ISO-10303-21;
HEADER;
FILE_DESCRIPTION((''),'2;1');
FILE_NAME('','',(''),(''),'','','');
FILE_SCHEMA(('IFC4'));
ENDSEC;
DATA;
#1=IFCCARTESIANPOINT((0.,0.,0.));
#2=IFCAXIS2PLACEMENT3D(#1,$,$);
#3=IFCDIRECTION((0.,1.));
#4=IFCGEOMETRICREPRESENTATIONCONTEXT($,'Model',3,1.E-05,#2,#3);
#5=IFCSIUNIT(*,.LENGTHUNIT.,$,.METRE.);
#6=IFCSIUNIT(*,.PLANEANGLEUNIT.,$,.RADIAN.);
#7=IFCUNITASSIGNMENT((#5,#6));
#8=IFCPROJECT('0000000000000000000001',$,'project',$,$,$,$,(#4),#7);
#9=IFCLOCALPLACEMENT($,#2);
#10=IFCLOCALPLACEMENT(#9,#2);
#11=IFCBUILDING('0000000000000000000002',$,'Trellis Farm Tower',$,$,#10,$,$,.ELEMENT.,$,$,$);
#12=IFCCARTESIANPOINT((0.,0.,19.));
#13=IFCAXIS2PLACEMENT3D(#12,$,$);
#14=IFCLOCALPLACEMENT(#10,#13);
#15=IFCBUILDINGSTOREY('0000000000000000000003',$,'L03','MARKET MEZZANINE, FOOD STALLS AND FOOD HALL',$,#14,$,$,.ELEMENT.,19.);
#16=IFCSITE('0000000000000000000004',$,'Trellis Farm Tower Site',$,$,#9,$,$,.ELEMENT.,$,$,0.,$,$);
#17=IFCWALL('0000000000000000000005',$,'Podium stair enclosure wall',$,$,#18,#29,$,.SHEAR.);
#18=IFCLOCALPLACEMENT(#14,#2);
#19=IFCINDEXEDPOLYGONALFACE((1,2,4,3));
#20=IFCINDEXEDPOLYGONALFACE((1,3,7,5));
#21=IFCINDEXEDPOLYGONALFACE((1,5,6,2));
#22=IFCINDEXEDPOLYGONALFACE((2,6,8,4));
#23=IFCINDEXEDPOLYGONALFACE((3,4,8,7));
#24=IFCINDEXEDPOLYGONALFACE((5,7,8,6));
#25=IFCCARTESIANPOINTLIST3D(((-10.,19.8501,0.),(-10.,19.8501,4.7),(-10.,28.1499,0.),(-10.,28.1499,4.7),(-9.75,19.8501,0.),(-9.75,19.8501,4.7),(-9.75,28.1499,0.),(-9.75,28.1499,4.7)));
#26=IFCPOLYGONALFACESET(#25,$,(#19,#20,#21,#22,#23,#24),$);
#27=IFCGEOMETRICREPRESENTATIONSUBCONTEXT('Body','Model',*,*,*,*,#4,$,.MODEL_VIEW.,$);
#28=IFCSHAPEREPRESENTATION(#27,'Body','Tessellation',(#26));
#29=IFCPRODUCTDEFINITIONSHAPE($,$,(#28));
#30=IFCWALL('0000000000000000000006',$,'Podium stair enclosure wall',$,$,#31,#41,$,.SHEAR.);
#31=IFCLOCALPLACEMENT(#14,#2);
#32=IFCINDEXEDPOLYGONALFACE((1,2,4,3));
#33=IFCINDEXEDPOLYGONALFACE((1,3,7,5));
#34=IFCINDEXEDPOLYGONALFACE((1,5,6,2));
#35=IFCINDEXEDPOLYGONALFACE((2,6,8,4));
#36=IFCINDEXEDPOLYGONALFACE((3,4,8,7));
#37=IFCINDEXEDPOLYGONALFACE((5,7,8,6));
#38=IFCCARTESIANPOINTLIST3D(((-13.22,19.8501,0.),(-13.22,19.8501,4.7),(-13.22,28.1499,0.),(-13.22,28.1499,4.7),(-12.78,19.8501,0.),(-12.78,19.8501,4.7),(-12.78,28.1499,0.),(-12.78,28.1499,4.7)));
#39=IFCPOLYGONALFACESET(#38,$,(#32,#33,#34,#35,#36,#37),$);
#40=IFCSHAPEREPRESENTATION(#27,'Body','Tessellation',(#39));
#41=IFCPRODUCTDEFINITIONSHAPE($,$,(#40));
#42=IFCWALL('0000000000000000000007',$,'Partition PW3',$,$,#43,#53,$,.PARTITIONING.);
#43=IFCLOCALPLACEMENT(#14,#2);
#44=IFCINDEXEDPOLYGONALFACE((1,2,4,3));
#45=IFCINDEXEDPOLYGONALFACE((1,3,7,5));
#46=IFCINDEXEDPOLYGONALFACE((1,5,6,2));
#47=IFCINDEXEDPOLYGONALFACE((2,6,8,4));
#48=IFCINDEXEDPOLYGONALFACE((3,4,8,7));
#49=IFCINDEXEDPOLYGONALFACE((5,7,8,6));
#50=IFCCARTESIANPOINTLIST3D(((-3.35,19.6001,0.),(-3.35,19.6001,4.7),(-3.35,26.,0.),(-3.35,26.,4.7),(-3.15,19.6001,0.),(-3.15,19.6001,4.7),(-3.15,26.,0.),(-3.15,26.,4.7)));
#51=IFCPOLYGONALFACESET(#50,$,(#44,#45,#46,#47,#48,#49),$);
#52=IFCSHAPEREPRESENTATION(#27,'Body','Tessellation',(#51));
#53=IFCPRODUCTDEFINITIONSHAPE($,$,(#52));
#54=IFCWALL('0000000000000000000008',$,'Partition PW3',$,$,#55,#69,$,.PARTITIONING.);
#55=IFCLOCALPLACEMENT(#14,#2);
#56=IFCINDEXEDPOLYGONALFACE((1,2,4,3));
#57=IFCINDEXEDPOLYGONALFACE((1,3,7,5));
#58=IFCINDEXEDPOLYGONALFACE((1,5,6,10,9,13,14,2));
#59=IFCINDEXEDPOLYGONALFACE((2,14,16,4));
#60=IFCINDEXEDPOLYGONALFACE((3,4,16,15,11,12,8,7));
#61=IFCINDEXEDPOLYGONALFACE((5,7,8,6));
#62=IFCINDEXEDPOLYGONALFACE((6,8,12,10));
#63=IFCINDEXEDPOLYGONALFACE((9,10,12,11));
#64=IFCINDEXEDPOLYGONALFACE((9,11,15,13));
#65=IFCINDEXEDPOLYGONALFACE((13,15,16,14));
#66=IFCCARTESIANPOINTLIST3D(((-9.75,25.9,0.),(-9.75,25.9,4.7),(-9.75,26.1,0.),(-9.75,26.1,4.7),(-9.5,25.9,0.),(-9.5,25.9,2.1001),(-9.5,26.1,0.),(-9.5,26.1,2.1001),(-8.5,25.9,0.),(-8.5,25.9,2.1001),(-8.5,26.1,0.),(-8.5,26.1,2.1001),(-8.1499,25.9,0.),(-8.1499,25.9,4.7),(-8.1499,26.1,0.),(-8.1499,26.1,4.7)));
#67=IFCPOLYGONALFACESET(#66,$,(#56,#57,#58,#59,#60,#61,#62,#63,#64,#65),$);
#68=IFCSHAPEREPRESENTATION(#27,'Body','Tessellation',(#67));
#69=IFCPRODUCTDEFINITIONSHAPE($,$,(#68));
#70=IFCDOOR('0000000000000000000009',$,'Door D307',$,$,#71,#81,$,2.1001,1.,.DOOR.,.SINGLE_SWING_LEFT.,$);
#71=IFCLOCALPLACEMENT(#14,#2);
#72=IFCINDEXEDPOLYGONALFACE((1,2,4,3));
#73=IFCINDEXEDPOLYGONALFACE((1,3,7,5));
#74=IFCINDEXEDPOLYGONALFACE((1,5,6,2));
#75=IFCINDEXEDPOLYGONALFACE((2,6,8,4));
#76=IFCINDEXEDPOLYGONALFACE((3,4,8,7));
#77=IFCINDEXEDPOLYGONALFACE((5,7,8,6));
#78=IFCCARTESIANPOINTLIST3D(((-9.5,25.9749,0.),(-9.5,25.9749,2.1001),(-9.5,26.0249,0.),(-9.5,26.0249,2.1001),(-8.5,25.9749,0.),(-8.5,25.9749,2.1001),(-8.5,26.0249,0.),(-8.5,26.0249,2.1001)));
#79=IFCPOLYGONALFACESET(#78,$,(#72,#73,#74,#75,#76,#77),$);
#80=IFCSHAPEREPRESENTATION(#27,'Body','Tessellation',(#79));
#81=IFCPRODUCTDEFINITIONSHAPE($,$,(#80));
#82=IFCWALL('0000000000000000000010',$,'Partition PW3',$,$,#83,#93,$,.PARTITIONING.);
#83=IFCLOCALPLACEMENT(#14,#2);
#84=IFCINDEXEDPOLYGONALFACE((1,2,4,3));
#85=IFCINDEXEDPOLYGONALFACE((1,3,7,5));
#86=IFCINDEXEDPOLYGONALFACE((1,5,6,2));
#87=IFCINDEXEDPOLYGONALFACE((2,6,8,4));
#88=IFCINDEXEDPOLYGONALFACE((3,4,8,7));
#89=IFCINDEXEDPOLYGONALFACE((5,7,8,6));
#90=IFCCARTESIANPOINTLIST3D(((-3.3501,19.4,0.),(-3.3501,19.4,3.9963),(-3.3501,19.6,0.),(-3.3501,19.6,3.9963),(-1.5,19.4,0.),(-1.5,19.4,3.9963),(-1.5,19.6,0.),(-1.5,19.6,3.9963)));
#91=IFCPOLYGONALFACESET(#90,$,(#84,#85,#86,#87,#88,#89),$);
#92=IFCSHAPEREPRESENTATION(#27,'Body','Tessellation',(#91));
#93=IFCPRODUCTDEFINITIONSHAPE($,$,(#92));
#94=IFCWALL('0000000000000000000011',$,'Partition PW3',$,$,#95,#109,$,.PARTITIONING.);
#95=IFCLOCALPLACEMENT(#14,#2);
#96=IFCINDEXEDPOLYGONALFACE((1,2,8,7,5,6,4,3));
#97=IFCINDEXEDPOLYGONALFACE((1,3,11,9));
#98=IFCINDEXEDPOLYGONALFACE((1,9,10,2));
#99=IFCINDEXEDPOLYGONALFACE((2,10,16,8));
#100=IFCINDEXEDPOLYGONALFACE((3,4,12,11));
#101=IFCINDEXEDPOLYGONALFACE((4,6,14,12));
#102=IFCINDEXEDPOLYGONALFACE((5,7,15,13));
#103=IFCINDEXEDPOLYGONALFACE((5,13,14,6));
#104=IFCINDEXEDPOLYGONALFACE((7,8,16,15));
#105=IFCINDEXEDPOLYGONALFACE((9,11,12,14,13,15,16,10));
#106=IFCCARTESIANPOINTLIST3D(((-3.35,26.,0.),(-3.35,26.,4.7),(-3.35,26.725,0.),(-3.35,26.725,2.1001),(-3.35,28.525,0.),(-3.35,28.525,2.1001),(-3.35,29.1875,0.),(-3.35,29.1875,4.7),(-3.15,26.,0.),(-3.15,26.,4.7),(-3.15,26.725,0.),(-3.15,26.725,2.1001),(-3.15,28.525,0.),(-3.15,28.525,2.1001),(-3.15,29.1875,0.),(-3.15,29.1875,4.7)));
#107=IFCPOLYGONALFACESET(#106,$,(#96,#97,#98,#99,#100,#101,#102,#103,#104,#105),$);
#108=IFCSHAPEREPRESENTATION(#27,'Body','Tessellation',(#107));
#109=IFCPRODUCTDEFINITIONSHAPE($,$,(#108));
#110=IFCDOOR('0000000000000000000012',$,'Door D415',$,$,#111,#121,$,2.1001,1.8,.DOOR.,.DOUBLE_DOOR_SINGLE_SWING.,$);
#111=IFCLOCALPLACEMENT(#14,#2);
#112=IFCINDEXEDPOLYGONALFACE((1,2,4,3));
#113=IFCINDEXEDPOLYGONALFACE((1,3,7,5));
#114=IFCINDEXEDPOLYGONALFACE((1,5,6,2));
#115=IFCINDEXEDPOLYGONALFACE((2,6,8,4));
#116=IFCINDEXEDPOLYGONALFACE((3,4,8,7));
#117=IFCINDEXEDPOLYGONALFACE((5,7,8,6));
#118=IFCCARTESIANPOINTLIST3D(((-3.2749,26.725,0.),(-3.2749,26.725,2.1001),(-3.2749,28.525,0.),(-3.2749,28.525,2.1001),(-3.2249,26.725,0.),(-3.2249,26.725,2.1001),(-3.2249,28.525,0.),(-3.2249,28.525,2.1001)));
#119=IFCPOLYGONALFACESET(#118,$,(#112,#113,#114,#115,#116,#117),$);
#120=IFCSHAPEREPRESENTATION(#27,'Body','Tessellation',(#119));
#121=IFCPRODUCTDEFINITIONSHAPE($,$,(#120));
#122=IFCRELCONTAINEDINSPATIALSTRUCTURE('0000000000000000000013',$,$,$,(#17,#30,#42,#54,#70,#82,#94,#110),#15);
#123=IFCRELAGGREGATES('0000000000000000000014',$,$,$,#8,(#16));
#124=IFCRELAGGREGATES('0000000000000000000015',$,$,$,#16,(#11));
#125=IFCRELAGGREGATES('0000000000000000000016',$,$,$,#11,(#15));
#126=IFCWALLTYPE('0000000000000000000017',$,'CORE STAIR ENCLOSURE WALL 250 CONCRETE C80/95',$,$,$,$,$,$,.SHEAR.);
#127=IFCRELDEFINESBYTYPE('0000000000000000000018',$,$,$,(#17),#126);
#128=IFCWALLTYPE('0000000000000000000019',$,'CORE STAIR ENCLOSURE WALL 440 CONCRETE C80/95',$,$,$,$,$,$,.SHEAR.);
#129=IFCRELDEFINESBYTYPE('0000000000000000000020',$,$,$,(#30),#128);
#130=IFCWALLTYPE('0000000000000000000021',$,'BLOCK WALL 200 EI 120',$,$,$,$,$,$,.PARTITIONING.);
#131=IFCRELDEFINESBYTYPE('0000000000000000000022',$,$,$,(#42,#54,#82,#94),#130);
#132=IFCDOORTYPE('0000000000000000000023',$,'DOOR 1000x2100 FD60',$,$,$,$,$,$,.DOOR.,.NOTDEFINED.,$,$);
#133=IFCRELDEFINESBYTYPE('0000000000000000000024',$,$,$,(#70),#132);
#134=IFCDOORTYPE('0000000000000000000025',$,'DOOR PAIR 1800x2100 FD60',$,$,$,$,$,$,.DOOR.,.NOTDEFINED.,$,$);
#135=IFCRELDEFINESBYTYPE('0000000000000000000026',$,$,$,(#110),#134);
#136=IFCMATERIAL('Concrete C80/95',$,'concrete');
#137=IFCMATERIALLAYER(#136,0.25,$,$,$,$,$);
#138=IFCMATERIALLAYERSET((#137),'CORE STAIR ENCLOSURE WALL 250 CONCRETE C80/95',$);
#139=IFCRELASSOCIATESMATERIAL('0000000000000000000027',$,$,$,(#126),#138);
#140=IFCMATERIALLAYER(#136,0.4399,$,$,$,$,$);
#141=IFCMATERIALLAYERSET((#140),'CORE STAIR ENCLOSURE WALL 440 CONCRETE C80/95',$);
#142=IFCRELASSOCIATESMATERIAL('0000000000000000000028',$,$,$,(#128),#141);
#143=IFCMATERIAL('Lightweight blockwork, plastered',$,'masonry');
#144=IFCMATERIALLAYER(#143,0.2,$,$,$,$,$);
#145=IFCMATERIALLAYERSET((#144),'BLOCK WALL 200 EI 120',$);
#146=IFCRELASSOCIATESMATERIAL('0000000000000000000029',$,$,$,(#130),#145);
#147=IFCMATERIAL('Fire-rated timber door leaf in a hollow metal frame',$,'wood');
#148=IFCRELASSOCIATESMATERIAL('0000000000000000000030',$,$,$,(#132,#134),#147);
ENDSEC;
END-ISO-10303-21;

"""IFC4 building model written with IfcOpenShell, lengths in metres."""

from ifc_helpers import new_model, si_unit, direction, frame, frame_2d, origin, place, context, subcontext, project, spatial, rectangle, extrude, source, transform, mapped, material, layer, layer_set, type_object, element, fill, save


model = new_model("IFC4")

# Units and contexts
model_context = context("Model", 3, precision=1e-05, world=origin(), true_north=direction((0.0, 1.0)))
body_context = subcontext(model_context, "Body", "Model", "MODEL_VIEW")
ifc_project = project(units=[si_unit("LENGTHUNIT", "METRE"), si_unit("PLANEANGLEUNIT", "RADIAN")], contexts=[model_context])

# Site, building, storey
site_placement = place(None, origin())
site = spatial("IfcSite", under=ifc_project, at=site_placement, Name="Trellis Farm Tower Site", CompositionType="ELEMENT", RefElevation=0.0)
building_placement = place(site_placement, origin())
building = spatial("IfcBuilding", under=site, at=building_placement, Name="Trellis Farm Tower", CompositionType="ELEMENT")
storey_placement = place(building_placement, frame((0.0, 0.0, 19.0)))
storey = spatial("IfcBuildingStorey", under=building, at=storey_placement, Name="L03", Description="MARKET MEZZANINE, FOOD STALLS AND FOOD HALL", CompositionType="ELEMENT", Elevation=19.0)

# Walls
ifc_material_1 = material(Name="Concrete C80/95", Category="concrete")
ifc_layer_1 = layer(ifc_material_1, 0.25)
ifc_layer_set_1 = layer_set([ifc_layer_1], Name="CORE STAIR ENCLOSURE WALL 250 CONCRETE C80/95")
wall_type_1 = type_object("IfcWallType", Name="CORE STAIR ENCLOSURE WALL 250 CONCRETE C80/95", PredefinedType="SHEAR", material=ifc_layer_set_1)
shared_shape_1 = source(origin(), body_context, "Body", "SweptSolid", [
    extrude(rectangle(XDim=8.2998, YDim=0.25, at=frame_2d((4.1499, 0.0))), origin(), (0.0, 0.0, 1.0), 4.7),
])
for number, where, z_axis, x_axis, name in (
    (1, (-9.875, 19.8501, 0.0), (0.0, 0.0, 1.0), (0.0, 1.0, 0.0), "Podium stair enclosure wall"),
):
    element("IfcWall", number, at=place(storey_placement, frame(where, z_axis=z_axis, x_axis=x_axis)), inside=storey, type_object=wall_type_1, Name=name, PredefinedType="SHEAR", context=body_context, shape_type="MappedRepresentation", body=[
        mapped(shared_shape_1, transform((0.0, 0.0, 0.0))),
    ])
ifc_layer_2 = layer(ifc_material_1, 0.4399)
ifc_layer_set_2 = layer_set([ifc_layer_2], Name="CORE STAIR ENCLOSURE WALL 440 CONCRETE C80/95")
wall_type_2 = type_object("IfcWallType", Name="CORE STAIR ENCLOSURE WALL 440 CONCRETE C80/95", PredefinedType="SHEAR", material=ifc_layer_set_2)
shared_shape_2 = source(origin(), body_context, "Body", "SweptSolid", [
    extrude(rectangle(XDim=8.2998, YDim=0.4399, at=frame_2d((4.1499, 0.0))), origin(), (0.0, 0.0, 1.0), 4.7),
])
wall_1_placement = place(storey_placement, frame((-13.0, 19.8501, 0.0), z_axis=(0.0, 0.0, 1.0), x_axis=(0.0, 1.0, 0.0)))
element("IfcWall", 2, at=wall_1_placement, inside=storey, type_object=wall_type_2, Name="Podium stair enclosure wall", PredefinedType="SHEAR", context=body_context, shape_type="MappedRepresentation", body=[
    mapped(shared_shape_2, transform((0.0, 0.0, 0.0))),
])
ifc_material_2 = material(Name="Lightweight blockwork, plastered", Category="masonry")
ifc_layer_3 = layer(ifc_material_2, 0.2)
ifc_layer_set_3 = layer_set([ifc_layer_3], Name="BLOCK WALL 200 EI 120")
wall_type_3 = type_object("IfcWallType", Name="BLOCK WALL 200 EI 120", PredefinedType="PARTITIONING", material=ifc_layer_set_3)
shared_shape_3 = source(origin(), body_context, "Body", "SweptSolid", [
    extrude(rectangle(XDim=6.3999, YDim=0.2, at=frame_2d((3.2, 0.0))), origin(), (0.0, 0.0, 1.0), 4.7),
])
wall_2_placement = place(storey_placement, frame((-3.25, 26.0, 0.0), z_axis=(0.0, 0.0, 1.0), x_axis=(0.0, -1.0, 0.0)))
element("IfcWall", 3, at=wall_2_placement, inside=storey, type_object=wall_type_3, Name="Partition PW3", PredefinedType="PARTITIONING", context=body_context, shape_type="MappedRepresentation", body=[
    mapped(shared_shape_3, transform((0.0, 0.0, 0.0))),
])

# Wall, opening, door
shared_shape_4 = source(origin(), body_context, "Body", "SweptSolid", [
    extrude(rectangle(XDim=1.6001, YDim=0.2, at=frame_2d((0.8, 0.0))), origin(), (0.0, 0.0, 1.0), 4.7),
])
wall_3_placement = place(storey_placement, frame((-9.75, 26.0, 0.0), z_axis=(0.0, 0.0, 1.0), x_axis=(1.0, 0.0, 0.0)))
wall_3 = element("IfcWall", 4, at=wall_3_placement, inside=storey, type_object=wall_type_3, Name="Partition PW3", PredefinedType="PARTITIONING", context=body_context, shape_type="MappedRepresentation", body=[
    mapped(shared_shape_4, transform((0.0, 0.0, 0.0))),
])
shared_shape_5 = source(origin(), body_context, "Body", "SweptSolid", [
    extrude(rectangle(XDim=1.0, YDim=2.1001, at=frame_2d((0.5, 1.05))), frame((0.0, 0.1101, 0.0), z_axis=(0.0, -1.0, 0.0), x_axis=(1.0, 0.0, 0.0)), (0.0, 0.0, 1.0), 0.2202),
])
opening_1_placement = place(wall_3_placement, frame((0.25, 0.0, 0.0)))
opening_1 = element("IfcOpeningElement", 5, at=opening_1_placement, cuts=wall_3, PredefinedType="OPENING", context=body_context, shape_type="MappedRepresentation", body=[
    mapped(shared_shape_5, transform((0.0, 0.0, 0.0))),
])
ifc_material_3 = material(Name="Fire-rated timber door leaf in a hollow metal frame", Category="wood")
door_type_1 = type_object("IfcDoorType", Name="DOOR 1000x2100 FD60", OperationType="NOTDEFINED", PredefinedType="DOOR", material=ifc_material_3)
shared_shape_6 = source(origin(), body_context, "Body", "SweptSolid", [
    extrude(rectangle(XDim=1.0, YDim=2.1001, at=frame_2d((0.5, 1.05))), frame((0.0, 0.0249, 0.0), z_axis=(0.0, -1.0, 0.0), x_axis=(1.0, 0.0, 0.0)), (0.0, 0.0, 1.0), 0.05),
])
door_1_placement = place(opening_1_placement, origin())
door_1 = element("IfcDoor", 6, at=door_1_placement, inside=storey, type_object=door_type_1, Name="Door D307", OperationType="SINGLE_SWING_LEFT", OverallHeight=2.1001, OverallWidth=1.0, PredefinedType="DOOR", context=body_context, shape_type="MappedRepresentation", body=[
    mapped(shared_shape_6, transform((0.0, 0.0, 0.0))),
])
fill(opening_1, door_1)

# Wall
shared_shape_7 = source(origin(), body_context, "Body", "SweptSolid", [
    extrude(rectangle(XDim=1.8501, YDim=0.2, at=frame_2d((0.925, 0.0))), origin(), (0.0, 0.0, 1.0), 3.9963),
])
wall_4_placement = place(storey_placement, frame((-1.5, 19.5, 0.0), z_axis=(0.0, 0.0, 1.0), x_axis=(-1.0, 0.0, 0.0)))
element("IfcWall", 7, at=wall_4_placement, inside=storey, type_object=wall_type_3, Name="Partition PW3", PredefinedType="PARTITIONING", context=body_context, shape_type="MappedRepresentation", body=[
    mapped(shared_shape_7, transform((0.0, 0.0, 0.0))),
])

# Wall, opening, door
shared_shape_8 = source(origin(), body_context, "Body", "SweptSolid", [
    extrude(rectangle(XDim=3.1875, YDim=0.2, at=frame_2d((1.5938, 0.0))), origin(), (0.0, 0.0, 1.0), 4.7),
])
wall_5_placement = place(storey_placement, frame((-3.25, 26.0, 0.0), z_axis=(0.0, 0.0, 1.0), x_axis=(0.0, 1.0, 0.0)))
wall_5 = element("IfcWall", 8, at=wall_5_placement, inside=storey, type_object=wall_type_3, Name="Partition PW3", PredefinedType="PARTITIONING", context=body_context, shape_type="MappedRepresentation", body=[
    mapped(shared_shape_8, transform((0.0, 0.0, 0.0))),
])
shared_shape_9 = source(origin(), body_context, "Body", "SweptSolid", [
    extrude(rectangle(XDim=1.8, YDim=2.1001, at=frame_2d((0.8999, 1.05))), frame((0.0, 0.1101, 0.0), z_axis=(0.0, -1.0, 0.0), x_axis=(1.0, 0.0, 0.0)), (0.0, 0.0, 1.0), 0.2202),
])
opening_2_placement = place(wall_5_placement, frame((0.7251, 0.0, 0.0)))
opening_2 = element("IfcOpeningElement", 9, at=opening_2_placement, cuts=wall_5, PredefinedType="OPENING", context=body_context, shape_type="MappedRepresentation", body=[
    mapped(shared_shape_9, transform((0.0, 0.0, 0.0))),
])
door_type_2 = type_object("IfcDoorType", Name="DOOR PAIR 1800x2100 FD60", OperationType="NOTDEFINED", PredefinedType="DOOR", material=ifc_material_3)
shared_shape_10 = source(origin(), body_context, "Body", "SweptSolid", [
    extrude(rectangle(XDim=1.8, YDim=2.1001, at=frame_2d((0.8999, 1.05))), frame((0.0, 0.0249, 0.0), z_axis=(0.0, -1.0, 0.0), x_axis=(1.0, 0.0, 0.0)), (0.0, 0.0, 1.0), 0.05),
])
door_2_placement = place(opening_2_placement, origin())
door_2 = element("IfcDoor", 10, at=door_2_placement, inside=storey, type_object=door_type_2, Name="Door D415", OperationType="DOUBLE_DOOR_SINGLE_SWING", OverallHeight=2.1001, OverallWidth=1.8, PredefinedType="DOOR", context=body_context, shape_type="MappedRepresentation", body=[
    mapped(shared_shape_10, transform((0.0, 0.0, 0.0))),
])
fill(opening_2, door_2)

save(model, "model.ifc")
